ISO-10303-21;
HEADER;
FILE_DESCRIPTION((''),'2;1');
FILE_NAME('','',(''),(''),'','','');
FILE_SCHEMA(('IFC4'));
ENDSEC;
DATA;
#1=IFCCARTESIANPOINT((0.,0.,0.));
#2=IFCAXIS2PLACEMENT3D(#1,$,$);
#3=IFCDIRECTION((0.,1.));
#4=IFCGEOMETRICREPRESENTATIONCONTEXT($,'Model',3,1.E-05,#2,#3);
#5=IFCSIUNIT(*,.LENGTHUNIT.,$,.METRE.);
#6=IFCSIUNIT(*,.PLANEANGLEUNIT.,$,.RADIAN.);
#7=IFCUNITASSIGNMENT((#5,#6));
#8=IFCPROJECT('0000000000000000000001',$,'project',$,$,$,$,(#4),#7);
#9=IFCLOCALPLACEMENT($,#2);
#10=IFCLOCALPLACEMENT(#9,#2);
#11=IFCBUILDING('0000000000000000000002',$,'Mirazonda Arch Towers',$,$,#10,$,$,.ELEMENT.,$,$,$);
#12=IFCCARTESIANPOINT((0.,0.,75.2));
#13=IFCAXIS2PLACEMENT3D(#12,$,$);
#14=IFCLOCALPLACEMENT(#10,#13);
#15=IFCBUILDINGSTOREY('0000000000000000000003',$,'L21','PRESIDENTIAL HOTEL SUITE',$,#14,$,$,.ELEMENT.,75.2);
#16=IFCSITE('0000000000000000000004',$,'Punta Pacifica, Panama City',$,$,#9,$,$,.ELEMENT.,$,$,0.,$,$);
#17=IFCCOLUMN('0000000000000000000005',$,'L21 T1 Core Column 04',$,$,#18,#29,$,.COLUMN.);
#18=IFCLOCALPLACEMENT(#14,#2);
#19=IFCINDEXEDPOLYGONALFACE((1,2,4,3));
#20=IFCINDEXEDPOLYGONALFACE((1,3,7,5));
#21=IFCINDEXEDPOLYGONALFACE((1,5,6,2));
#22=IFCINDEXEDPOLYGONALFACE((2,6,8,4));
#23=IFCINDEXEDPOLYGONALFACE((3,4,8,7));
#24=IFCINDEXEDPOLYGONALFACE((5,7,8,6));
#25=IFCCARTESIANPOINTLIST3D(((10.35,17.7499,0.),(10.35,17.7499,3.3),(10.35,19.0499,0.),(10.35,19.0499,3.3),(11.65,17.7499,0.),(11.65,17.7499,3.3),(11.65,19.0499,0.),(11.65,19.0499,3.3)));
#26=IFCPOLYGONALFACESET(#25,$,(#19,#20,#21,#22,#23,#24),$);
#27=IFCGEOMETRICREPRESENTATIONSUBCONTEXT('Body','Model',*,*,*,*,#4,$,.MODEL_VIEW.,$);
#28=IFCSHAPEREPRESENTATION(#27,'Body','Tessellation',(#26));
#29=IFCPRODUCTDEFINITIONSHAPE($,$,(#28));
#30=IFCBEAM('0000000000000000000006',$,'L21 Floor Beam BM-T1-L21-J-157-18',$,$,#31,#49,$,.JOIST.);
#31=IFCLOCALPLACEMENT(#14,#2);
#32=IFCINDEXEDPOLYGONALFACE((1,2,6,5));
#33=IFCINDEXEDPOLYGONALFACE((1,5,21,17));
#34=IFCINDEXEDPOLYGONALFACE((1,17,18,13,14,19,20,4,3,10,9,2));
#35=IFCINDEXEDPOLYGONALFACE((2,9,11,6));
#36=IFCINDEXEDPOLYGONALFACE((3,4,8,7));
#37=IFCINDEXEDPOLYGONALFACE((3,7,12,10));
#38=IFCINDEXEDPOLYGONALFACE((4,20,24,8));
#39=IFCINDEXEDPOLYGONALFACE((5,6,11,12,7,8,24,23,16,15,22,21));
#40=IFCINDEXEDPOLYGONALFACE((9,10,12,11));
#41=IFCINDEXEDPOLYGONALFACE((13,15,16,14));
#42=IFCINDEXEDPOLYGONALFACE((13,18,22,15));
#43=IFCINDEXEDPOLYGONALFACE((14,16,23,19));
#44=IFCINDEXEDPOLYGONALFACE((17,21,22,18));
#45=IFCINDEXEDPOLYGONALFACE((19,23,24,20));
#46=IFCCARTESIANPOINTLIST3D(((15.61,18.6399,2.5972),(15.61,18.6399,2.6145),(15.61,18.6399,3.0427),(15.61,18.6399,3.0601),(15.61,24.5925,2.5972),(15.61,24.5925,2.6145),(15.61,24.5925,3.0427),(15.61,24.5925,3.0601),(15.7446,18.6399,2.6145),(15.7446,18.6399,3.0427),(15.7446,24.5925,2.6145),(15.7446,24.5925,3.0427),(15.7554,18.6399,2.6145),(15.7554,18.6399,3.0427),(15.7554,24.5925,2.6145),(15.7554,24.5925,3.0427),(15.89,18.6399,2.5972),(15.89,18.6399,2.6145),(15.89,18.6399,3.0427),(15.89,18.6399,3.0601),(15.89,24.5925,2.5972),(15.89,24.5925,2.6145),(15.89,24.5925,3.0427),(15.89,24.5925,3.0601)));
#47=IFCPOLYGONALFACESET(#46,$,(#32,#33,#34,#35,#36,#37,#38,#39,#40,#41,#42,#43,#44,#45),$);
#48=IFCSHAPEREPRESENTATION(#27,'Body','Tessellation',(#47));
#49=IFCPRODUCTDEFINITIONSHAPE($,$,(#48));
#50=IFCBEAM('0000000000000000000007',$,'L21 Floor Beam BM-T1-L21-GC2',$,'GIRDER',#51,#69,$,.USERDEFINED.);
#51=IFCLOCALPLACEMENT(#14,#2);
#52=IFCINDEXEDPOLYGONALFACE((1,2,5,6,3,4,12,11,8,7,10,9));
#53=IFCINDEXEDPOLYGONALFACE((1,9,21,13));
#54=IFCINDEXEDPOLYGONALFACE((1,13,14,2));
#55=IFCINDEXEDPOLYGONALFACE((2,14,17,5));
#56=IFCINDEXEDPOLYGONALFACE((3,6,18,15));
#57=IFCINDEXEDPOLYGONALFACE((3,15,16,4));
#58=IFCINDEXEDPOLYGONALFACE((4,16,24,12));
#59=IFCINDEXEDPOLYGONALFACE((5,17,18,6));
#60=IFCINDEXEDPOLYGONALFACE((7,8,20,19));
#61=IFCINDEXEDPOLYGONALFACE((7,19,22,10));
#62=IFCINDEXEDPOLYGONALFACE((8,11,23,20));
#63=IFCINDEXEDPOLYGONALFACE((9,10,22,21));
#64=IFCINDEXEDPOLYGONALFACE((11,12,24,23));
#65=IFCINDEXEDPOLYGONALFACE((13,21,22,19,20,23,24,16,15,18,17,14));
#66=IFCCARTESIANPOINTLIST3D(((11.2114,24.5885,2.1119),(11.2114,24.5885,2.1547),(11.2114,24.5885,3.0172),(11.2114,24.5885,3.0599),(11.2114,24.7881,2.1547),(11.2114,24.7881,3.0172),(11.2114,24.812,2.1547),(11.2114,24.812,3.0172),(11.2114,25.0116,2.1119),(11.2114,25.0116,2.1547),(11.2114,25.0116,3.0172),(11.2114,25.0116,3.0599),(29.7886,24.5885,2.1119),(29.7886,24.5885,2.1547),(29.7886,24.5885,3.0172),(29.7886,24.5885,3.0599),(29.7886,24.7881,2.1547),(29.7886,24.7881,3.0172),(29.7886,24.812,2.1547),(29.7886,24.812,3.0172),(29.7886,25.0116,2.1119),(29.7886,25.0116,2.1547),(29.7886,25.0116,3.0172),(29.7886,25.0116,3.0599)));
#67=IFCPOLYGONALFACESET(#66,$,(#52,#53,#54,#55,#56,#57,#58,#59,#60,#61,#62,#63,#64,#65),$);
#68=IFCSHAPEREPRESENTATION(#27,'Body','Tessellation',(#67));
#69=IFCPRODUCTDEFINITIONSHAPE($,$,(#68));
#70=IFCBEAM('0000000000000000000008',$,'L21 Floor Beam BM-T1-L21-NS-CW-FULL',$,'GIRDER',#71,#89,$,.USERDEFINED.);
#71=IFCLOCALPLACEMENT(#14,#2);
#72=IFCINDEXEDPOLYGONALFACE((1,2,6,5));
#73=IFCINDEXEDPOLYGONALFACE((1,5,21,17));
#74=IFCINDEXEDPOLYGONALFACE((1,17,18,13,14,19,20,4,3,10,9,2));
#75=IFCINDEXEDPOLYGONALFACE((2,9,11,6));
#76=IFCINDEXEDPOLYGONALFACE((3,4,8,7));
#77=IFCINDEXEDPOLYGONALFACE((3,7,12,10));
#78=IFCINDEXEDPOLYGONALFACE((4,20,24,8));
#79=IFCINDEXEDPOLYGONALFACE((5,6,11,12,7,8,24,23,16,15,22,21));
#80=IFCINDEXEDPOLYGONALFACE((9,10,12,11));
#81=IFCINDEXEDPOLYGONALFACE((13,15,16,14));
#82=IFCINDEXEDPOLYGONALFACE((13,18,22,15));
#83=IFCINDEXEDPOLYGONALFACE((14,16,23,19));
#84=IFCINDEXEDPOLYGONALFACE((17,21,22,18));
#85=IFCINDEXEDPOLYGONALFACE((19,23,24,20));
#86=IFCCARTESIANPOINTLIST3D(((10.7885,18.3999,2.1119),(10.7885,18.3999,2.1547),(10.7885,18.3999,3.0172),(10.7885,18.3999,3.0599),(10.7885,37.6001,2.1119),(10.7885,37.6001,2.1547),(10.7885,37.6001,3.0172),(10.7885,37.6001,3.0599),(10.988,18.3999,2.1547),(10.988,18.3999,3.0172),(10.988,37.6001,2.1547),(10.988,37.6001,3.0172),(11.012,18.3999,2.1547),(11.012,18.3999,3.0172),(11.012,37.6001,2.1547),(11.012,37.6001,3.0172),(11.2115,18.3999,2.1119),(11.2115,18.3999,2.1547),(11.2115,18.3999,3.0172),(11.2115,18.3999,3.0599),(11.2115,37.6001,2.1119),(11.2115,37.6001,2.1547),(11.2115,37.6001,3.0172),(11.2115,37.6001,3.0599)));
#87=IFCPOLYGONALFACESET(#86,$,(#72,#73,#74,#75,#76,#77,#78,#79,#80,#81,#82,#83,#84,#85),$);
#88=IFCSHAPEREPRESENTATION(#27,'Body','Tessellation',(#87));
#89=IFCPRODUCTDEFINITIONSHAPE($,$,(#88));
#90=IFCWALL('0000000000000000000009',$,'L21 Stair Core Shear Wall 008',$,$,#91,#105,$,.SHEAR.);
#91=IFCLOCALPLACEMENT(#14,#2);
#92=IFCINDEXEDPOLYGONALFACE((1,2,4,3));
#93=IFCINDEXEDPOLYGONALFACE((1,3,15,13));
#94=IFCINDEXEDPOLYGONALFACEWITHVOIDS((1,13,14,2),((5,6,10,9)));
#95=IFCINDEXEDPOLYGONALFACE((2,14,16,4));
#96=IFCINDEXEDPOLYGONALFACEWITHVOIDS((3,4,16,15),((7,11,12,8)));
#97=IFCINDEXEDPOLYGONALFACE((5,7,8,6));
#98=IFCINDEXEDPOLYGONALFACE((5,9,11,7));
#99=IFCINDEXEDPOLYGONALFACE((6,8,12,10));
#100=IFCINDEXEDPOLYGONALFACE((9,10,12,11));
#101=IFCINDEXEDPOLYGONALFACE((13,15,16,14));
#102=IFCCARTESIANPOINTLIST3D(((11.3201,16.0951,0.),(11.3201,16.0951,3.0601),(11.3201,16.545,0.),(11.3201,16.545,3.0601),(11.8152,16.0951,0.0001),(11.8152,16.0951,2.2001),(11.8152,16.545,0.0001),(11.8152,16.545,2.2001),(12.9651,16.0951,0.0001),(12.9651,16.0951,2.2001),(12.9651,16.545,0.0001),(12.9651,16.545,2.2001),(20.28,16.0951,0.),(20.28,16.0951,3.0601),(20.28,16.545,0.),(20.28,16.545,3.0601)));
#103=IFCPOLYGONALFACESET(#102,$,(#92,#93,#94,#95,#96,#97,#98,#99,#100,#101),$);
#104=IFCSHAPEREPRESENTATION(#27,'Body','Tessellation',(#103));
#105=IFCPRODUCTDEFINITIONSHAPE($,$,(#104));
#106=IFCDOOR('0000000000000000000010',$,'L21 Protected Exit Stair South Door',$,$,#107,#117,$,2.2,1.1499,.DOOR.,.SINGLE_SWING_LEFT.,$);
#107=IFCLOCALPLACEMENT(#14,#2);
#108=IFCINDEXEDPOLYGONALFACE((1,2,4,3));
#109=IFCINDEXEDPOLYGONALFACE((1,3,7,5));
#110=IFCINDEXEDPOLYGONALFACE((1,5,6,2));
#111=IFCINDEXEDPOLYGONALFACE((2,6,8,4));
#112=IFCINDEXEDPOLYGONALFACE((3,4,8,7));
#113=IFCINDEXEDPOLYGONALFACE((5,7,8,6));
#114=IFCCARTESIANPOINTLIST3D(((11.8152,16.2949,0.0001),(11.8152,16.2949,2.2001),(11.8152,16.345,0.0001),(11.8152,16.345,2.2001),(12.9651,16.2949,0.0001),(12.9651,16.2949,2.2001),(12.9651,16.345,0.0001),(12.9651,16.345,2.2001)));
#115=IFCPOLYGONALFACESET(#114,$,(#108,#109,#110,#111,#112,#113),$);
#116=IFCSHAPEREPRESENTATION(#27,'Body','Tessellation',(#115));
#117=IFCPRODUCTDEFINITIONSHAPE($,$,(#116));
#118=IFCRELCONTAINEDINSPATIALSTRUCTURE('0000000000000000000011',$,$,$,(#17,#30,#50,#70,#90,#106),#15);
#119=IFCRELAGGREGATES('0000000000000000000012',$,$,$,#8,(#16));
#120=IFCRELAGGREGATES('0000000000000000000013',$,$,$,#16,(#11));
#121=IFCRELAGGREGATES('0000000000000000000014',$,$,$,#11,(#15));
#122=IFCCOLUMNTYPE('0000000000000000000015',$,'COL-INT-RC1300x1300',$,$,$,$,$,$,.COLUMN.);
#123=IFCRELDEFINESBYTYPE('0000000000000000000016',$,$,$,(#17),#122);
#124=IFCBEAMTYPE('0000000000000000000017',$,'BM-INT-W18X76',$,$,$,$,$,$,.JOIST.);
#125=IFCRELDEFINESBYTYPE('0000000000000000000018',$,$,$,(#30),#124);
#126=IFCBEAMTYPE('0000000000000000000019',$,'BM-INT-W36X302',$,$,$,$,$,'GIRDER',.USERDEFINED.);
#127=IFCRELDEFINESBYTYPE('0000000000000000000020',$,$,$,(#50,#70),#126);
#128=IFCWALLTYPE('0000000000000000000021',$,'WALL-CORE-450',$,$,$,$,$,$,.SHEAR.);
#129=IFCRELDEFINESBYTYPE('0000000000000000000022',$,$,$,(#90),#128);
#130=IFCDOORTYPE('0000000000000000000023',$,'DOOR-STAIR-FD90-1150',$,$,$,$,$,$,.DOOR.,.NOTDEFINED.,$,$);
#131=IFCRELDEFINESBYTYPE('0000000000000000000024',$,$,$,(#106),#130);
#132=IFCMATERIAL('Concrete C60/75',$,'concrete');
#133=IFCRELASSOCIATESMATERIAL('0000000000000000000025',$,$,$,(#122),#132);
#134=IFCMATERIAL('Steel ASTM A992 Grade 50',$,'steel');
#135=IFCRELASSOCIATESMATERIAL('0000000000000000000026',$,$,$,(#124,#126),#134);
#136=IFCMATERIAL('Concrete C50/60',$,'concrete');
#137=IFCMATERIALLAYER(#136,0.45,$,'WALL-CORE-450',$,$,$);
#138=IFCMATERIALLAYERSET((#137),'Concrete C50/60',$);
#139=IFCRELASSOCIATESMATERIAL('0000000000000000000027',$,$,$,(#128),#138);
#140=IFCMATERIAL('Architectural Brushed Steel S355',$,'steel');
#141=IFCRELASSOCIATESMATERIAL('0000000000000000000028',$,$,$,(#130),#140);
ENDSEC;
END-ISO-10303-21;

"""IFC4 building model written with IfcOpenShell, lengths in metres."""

from ifc_helpers import new_model, si_unit, direction, frame, frame_2d, origin, origin_2d, place, context, subcontext, project, spatial, rectangle, i_section, extrude, material, layer, layer_set, material_profile, profile_set, type_object, element, fill, save


model = new_model("IFC4")

# Units and contexts
model_context = context("Model", 3, precision=1e-05, world=origin(), true_north=direction((0.0, 1.0)))
body_context = subcontext(model_context, "Body", "Model", "MODEL_VIEW")
ifc_project = project(units=[si_unit("LENGTHUNIT", "METRE"), si_unit("PLANEANGLEUNIT", "RADIAN")], contexts=[model_context])

# Site, building, storey
site_placement = place(None, origin())
site = spatial("IfcSite", under=ifc_project, at=site_placement, Name="Punta Pacifica, Panama City", CompositionType="ELEMENT", RefElevation=0.0)
building_placement = place(site_placement, origin())
building = spatial("IfcBuilding", under=site, at=building_placement, Name="Mirazonda Arch Towers", CompositionType="ELEMENT")
storey_placement = place(building_placement, frame((0.0, 0.0, 75.2)))
storey = spatial("IfcBuildingStorey", under=building, at=storey_placement, Name="L21", Description="PRESIDENTIAL HOTEL SUITE", CompositionType="ELEMENT", Elevation=75.2)

# Column
ifc_material_1 = material(Name="Concrete C60/75", Category="concrete")
ifc_material_profile_1 = material_profile(ifc_material_1, rectangle(XDim=1.3, YDim=1.3, at=origin_2d()), Name="RC1300x1300")
ifc_profile_set_1 = profile_set([ifc_material_profile_1], Name="Concrete C60/75")
column_type = type_object("IfcColumnType", Name="COL-INT-RC1300x1300", PredefinedType="COLUMN", material=ifc_profile_set_1)
column_placement = place(storey_placement, frame((11.0, 18.3999, 0.0), z_axis=(0.0, 0.0, 1.0), x_axis=(1.0, 0.0, 0.0)))
element("IfcColumn", 1, at=column_placement, inside=storey, type_object=column_type, Name="L21 T1 Core Column 04", PredefinedType="COLUMN", context=body_context, shape_type="SweptSolid", body=[
    extrude(rectangle(XDim=1.3, YDim=1.3, at=origin_2d()), origin(), (0.0, 0.0, 1.0), 3.3),
])

# Beams
ifc_material_2 = material(Name="Steel ASTM A992 Grade 50", Category="steel")
ifc_material_profile_2 = material_profile(ifc_material_2, i_section(OverallWidth=0.28, OverallDepth=0.4629, WebThickness=0.0107, FlangeThickness=0.0173, at=origin_2d()), Name="W18X76")
ifc_profile_set_2 = profile_set([ifc_material_profile_2], Name="Steel ASTM A992 Grade 50")
beam_type_1 = type_object("IfcBeamType", Name="BM-INT-W18X76", PredefinedType="JOIST", material=ifc_profile_set_2)
beam_1_placement = place(storey_placement, frame((15.75, 18.6399, 2.8286), z_axis=(0.0, 1.0, 0.0), x_axis=(-1.0, 0.0, 0.0)))
element("IfcBeam", 2, at=beam_1_placement, inside=storey, type_object=beam_type_1, Name="L21 Floor Beam BM-T1-L21-J-157-18", PredefinedType="JOIST", context=body_context, shape_type="SweptSolid", body=[
    extrude(i_section(OverallWidth=0.28, OverallDepth=0.4629, WebThickness=0.0107, FlangeThickness=0.0173, at=origin_2d()), origin(), (0.0, 0.0, 1.0), 5.9526),
])
ifc_material_profile_3 = material_profile(ifc_material_2, i_section(OverallWidth=0.4231, OverallDepth=0.948, WebThickness=0.0239, FlangeThickness=0.0427, at=origin_2d()), Name="W36X302")
ifc_profile_set_3 = profile_set([ifc_material_profile_3], Name="Steel ASTM A992 Grade 50")
beam_type_2 = type_object("IfcBeamType", Name="BM-INT-W36X302", ElementType="GIRDER", PredefinedType="USERDEFINED", material=ifc_profile_set_3)
beam_2_placement = place(storey_placement, frame((11.2114, 24.8, 2.5859), z_axis=(1.0, 0.0, 0.0), x_axis=(0.0, 1.0, 0.0)))
element("IfcBeam", 3, at=beam_2_placement, inside=storey, type_object=beam_type_2, Name="L21 Floor Beam BM-T1-L21-GC2", ObjectType="GIRDER", PredefinedType="USERDEFINED", context=body_context, shape_type="SweptSolid", body=[
    extrude(i_section(OverallWidth=0.4231, OverallDepth=0.948, WebThickness=0.0239, FlangeThickness=0.0427, at=origin_2d()), origin(), (0.0, 0.0, 1.0), 18.5771),
])
beam_3_placement = place(storey_placement, frame((11.0, 18.3999, 2.5859), z_axis=(0.0, 1.0, 0.0), x_axis=(-1.0, 0.0, 0.0)))
element("IfcBeam", 4, at=beam_3_placement, inside=storey, type_object=beam_type_2, Name="L21 Floor Beam BM-T1-L21-NS-CW-FULL", ObjectType="GIRDER", PredefinedType="USERDEFINED", context=body_context, shape_type="SweptSolid", body=[
    extrude(i_section(OverallWidth=0.4231, OverallDepth=0.948, WebThickness=0.0239, FlangeThickness=0.0427, at=origin_2d()), origin(), (0.0, 0.0, 1.0), 19.2002),
])

# Wall, opening, door
ifc_material_3 = material(Name="Concrete C50/60", Category="concrete")
ifc_layer_1 = layer(ifc_material_3, 0.45, Name="WALL-CORE-450")
ifc_layer_set_1 = layer_set([ifc_layer_1], Name="Concrete C50/60")
wall_type_1 = type_object("IfcWallType", Name="WALL-CORE-450", PredefinedType="SHEAR", material=ifc_layer_set_1)
wall_1_placement = place(storey_placement, frame((11.3201, 16.3201, 0.0), z_axis=(0.0, 0.0, 1.0), x_axis=(1.0, 0.0, 0.0)))
wall_1 = element("IfcWall", 5, at=wall_1_placement, inside=storey, type_object=wall_type_1, Name="L21 Stair Core Shear Wall 008", PredefinedType="SHEAR", context=body_context, shape_type="SweptSolid", body=[
    extrude(rectangle(XDim=8.96, YDim=0.45, at=frame_2d((4.48, 0.0))), origin(), (0.0, 0.0, 1.0), 3.0601),
])
opening_1_placement = place(wall_1_placement, frame((0.4951, 0.0, 0.0)))
opening_1 = element("IfcOpeningElement", 6, at=opening_1_placement, cuts=wall_1, PredefinedType="OPENING", context=body_context, shape_type="SweptSolid", body=[
    extrude(rectangle(XDim=1.1499, YDim=2.2, at=frame_2d((0.575, 1.1001))), frame((0.0, 0.2349, 0.0), z_axis=(0.0, -1.0, 0.0), x_axis=(1.0, 0.0, 0.0)), (0.0, 0.0, 1.0), 0.47),
])
ifc_material_4 = material(Name="Architectural Brushed Steel S355", Category="steel")
door_type_1 = type_object("IfcDoorType", Name="DOOR-STAIR-FD90-1150", OperationType="NOTDEFINED", PredefinedType="DOOR", material=ifc_material_4)
door_1_placement = place(opening_1_placement, origin())
door_1 = element("IfcDoor", 7, at=door_1_placement, inside=storey, type_object=door_type_1, Name="L21 Protected Exit Stair South Door", OperationType="SINGLE_SWING_LEFT", OverallHeight=2.2, OverallWidth=1.1499, PredefinedType="DOOR", context=body_context, shape_type="SweptSolid", body=[
    extrude(rectangle(XDim=1.1499, YDim=2.2, at=frame_2d((0.575, 1.1001))), frame((0.0, 0.0249, 0.0), z_axis=(0.0, -1.0, 0.0), x_axis=(1.0, 0.0, 0.0)), (0.0, 0.0, 1.0), 0.05),
])
fill(opening_1, door_1)

save(model, "model.ifc")
